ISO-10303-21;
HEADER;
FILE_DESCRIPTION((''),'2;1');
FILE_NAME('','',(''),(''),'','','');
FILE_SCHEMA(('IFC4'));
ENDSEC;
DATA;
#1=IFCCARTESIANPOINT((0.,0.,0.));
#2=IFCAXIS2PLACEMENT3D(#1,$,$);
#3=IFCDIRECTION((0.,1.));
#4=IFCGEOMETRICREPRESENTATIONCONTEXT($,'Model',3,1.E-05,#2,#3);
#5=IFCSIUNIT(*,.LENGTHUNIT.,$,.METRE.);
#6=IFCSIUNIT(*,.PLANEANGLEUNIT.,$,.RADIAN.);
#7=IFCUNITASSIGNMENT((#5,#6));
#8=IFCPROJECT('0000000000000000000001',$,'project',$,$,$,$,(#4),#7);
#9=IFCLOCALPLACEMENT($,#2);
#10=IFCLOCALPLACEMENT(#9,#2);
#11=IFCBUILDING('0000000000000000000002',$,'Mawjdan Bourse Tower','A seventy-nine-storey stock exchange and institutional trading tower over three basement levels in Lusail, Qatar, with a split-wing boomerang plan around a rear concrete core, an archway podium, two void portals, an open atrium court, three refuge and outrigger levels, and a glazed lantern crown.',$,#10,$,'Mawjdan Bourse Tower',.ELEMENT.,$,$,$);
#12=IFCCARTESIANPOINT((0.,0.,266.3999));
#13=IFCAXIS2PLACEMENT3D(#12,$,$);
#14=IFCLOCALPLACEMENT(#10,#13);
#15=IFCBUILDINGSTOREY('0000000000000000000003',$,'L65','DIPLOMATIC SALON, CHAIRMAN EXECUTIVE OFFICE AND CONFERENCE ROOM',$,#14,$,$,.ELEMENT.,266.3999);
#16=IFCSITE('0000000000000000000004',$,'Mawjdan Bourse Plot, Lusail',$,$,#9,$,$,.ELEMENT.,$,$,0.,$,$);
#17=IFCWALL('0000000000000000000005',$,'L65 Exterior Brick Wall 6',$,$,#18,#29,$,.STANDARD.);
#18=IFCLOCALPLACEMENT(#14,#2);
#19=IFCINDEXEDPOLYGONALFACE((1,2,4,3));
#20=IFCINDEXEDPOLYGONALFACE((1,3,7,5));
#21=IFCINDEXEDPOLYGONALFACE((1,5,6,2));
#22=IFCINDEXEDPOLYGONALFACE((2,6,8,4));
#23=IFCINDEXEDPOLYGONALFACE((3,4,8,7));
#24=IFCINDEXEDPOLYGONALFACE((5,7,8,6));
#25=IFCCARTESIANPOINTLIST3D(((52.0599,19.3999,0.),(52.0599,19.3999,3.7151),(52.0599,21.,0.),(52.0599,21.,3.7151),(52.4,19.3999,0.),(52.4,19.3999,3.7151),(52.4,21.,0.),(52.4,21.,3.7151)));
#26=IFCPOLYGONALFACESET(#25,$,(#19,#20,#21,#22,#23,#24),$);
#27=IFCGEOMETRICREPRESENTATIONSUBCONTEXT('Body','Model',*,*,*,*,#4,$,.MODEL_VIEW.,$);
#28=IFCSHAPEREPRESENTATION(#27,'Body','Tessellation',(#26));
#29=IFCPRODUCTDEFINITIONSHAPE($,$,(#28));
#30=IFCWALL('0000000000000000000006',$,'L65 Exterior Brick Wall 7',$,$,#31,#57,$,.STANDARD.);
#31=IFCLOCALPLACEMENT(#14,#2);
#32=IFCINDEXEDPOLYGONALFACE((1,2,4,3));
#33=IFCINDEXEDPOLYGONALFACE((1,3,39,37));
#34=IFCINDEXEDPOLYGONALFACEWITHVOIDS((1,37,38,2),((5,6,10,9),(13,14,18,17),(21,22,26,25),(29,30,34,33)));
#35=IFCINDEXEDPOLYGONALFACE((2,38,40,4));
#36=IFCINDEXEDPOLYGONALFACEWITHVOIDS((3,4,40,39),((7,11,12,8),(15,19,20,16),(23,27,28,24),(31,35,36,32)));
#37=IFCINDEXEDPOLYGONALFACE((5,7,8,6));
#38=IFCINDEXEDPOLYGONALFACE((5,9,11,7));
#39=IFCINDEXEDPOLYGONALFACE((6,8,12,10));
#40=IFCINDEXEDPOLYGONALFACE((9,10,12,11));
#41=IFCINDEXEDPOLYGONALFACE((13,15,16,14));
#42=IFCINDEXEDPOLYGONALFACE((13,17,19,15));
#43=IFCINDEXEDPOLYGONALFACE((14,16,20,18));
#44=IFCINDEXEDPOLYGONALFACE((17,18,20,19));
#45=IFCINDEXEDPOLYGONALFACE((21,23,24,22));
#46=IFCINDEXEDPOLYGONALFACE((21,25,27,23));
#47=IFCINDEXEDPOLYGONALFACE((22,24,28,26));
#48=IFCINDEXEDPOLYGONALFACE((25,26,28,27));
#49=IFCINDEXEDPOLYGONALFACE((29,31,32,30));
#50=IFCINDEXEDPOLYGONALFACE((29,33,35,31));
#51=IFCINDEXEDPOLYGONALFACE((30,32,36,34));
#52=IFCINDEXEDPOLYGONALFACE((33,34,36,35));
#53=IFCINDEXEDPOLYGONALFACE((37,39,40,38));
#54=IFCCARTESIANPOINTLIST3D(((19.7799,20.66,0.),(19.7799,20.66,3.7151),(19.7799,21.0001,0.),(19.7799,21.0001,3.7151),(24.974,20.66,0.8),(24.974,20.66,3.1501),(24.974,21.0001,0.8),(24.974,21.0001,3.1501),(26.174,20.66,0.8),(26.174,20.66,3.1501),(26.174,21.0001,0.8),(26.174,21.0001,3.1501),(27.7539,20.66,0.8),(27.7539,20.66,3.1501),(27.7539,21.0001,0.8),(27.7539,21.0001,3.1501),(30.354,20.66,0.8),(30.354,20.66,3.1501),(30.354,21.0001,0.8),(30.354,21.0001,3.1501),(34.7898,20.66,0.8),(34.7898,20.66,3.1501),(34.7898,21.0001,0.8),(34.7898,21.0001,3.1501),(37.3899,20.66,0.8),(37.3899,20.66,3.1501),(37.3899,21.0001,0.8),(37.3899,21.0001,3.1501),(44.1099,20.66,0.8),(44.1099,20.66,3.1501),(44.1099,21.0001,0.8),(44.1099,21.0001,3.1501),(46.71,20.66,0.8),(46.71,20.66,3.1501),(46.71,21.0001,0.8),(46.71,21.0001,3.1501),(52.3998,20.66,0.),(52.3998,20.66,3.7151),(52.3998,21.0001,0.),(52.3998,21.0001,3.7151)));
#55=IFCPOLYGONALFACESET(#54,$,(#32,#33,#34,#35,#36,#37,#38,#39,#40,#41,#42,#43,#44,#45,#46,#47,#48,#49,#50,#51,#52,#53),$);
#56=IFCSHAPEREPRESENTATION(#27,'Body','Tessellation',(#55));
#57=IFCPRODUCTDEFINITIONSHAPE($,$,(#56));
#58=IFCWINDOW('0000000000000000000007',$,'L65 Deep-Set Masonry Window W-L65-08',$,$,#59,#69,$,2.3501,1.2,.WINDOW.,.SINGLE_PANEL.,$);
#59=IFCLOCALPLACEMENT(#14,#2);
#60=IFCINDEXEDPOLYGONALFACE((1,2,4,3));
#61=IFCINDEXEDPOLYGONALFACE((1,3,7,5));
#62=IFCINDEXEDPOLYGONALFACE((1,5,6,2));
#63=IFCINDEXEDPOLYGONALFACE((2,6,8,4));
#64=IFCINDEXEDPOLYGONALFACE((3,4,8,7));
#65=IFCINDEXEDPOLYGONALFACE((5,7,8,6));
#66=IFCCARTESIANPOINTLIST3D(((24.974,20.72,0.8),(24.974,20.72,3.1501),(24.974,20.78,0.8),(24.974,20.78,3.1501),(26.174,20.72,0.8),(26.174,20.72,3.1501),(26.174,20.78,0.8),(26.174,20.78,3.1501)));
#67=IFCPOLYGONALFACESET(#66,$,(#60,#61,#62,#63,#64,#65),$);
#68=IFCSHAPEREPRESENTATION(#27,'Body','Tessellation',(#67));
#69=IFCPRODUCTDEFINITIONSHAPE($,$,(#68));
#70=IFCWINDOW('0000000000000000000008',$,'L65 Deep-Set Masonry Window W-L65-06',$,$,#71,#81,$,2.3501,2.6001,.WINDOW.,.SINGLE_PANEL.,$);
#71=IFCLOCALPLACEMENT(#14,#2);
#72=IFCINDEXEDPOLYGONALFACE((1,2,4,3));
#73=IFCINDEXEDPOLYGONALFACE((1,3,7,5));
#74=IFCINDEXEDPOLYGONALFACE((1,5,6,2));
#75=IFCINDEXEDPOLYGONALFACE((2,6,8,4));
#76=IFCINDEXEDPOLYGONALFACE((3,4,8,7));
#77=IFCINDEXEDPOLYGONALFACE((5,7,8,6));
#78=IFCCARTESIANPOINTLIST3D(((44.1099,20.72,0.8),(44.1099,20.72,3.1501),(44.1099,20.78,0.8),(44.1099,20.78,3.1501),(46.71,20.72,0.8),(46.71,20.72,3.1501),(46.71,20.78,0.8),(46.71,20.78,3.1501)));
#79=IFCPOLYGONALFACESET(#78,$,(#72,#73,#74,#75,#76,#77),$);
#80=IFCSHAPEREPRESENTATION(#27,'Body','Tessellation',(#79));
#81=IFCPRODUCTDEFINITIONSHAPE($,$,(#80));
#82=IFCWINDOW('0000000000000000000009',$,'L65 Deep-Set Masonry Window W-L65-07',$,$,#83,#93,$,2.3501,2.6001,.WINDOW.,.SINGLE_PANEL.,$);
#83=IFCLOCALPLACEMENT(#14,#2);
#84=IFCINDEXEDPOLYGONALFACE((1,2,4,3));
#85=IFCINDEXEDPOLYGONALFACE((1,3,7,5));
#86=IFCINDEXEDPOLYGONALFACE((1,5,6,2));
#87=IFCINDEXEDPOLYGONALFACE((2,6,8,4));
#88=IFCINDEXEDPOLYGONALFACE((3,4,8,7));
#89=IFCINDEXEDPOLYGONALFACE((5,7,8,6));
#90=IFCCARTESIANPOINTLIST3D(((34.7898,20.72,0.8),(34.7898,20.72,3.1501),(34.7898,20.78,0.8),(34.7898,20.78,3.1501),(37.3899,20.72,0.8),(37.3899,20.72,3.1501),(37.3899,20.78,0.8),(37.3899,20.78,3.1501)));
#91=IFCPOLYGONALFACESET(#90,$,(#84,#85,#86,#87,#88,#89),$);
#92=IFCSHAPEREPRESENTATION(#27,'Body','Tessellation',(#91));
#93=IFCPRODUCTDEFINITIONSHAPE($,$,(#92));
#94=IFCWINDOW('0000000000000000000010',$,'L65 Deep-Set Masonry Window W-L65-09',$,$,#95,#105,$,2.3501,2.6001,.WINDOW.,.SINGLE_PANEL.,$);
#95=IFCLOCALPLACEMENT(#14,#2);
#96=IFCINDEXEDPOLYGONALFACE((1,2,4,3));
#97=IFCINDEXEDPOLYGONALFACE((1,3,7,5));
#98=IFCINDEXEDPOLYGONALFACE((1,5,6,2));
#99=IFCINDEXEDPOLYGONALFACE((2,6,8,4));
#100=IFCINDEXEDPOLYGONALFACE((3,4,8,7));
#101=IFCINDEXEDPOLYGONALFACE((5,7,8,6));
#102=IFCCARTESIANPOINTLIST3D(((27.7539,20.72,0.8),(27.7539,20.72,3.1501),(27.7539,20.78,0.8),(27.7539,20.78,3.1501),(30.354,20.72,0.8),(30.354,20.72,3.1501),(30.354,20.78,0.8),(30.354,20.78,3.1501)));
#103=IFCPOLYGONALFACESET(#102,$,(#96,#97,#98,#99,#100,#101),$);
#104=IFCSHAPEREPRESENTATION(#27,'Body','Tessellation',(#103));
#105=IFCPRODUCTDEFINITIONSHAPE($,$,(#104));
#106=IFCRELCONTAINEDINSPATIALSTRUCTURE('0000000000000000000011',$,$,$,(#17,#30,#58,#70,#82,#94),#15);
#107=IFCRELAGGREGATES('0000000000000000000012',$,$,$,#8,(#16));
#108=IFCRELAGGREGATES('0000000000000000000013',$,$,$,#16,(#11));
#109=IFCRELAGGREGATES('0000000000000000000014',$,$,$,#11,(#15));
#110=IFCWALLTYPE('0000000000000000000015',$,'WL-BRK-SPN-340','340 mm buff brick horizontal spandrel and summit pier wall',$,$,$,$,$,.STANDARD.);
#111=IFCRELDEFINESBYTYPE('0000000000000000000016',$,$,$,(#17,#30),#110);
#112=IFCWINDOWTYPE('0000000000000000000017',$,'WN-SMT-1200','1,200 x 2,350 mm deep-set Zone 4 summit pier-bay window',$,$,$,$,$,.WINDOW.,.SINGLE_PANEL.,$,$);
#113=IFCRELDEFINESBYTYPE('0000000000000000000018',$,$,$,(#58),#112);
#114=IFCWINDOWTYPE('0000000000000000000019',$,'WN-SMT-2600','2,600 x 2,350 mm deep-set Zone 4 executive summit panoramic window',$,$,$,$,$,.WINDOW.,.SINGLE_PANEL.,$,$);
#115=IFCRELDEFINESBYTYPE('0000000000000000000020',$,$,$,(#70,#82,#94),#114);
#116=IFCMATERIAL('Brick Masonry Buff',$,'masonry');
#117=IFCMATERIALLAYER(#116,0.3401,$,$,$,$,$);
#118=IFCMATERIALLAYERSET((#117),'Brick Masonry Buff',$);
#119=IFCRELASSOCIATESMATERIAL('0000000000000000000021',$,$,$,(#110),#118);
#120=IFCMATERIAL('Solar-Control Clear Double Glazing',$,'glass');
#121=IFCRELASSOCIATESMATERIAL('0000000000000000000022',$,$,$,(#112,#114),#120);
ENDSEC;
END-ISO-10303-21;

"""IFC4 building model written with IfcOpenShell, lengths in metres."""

from ifc_helpers import new_model, si_unit, direction, frame, frame_2d, origin, place, context, subcontext, project, spatial, rectangle, extrude, material, layer, layer_set, type_object, element, fill, save


model = new_model("IFC4")

# Units and contexts
model_context = context("Model", 3, precision=1e-05, world=origin(), true_north=direction((0.0, 1.0)))
body_context = subcontext(model_context, "Body", "Model", "MODEL_VIEW")
ifc_project = project(units=[si_unit("LENGTHUNIT", "METRE"), si_unit("PLANEANGLEUNIT", "RADIAN")], contexts=[model_context])

# Site, building, storey
site_placement = place(None, origin())
site = spatial("IfcSite", under=ifc_project, at=site_placement, Name="Mawjdan Bourse Plot, Lusail", CompositionType="ELEMENT", RefElevation=0.0)
building_placement = place(site_placement, origin())
building = spatial("IfcBuilding", under=site, at=building_placement, Name="Mawjdan Bourse Tower", Description="A seventy-nine-storey stock exchange and institutional trading tower over three basement levels in Lusail, Qatar, with a split-wing boomerang plan around a rear concrete core, an archway podium, two void portals, an open atrium court, three refuge and outrigger levels, and a glazed lantern crown.", LongName="Mawjdan Bourse Tower", CompositionType="ELEMENT")
storey_placement = place(building_placement, frame((0.0, 0.0, 266.3999)))
storey = spatial("IfcBuildingStorey", under=building, at=storey_placement, Name="L65", Description="DIPLOMATIC SALON, CHAIRMAN EXECUTIVE OFFICE AND CONFERENCE ROOM", CompositionType="ELEMENT", Elevation=266.3999)

# Shared definitions
ifc_material_1 = material(Name="Brick Masonry Buff", Category="masonry")
ifc_layer = layer(ifc_material_1, 0.3401)
ifc_layer_set = layer_set([ifc_layer], Name="Brick Masonry Buff")
wall_type = type_object("IfcWallType", Name="WL-BRK-SPN-340", Description="340 mm buff brick horizontal spandrel and summit pier wall", PredefinedType="STANDARD", material=ifc_layer_set)

# Shared definitions
ifc_material_2 = material(Name="Solar-Control Clear Double Glazing", Category="glass")

# Wall
for number, where, z_axis, x_axis, name in (
    (1, (52.23, 19.3999, 0.0), (0.0, 0.0, 1.0), (0.0, 1.0, 0.0), "L65 Exterior Brick Wall 6"),
):
    element("IfcWall", number, at=place(storey_placement, frame(where, z_axis=z_axis, x_axis=x_axis)), inside=storey, type_object=wall_type, Name=name, PredefinedType="STANDARD", context=body_context, shape_type="SweptSolid", body=[
        extrude(rectangle(XDim=1.6001, YDim=0.3401, at=frame_2d((0.8, 0.0))), origin(), (0.0, 0.0, 1.0), 3.7151),
    ])

# Wall, openings, windows
wall_1_placement = place(storey_placement, frame((52.3999, 20.8301, 0.0), z_axis=(0.0, 0.0, 1.0), x_axis=(-1.0, 0.0, 0.0)))
wall_1 = element("IfcWall", 2, at=wall_1_placement, inside=storey, type_object=wall_type, Name="L65 Exterior Brick Wall 7", PredefinedType="STANDARD", context=body_context, shape_type="SweptSolid", body=[
    extrude(rectangle(XDim=32.6199, YDim=0.3401, at=frame_2d((16.3101, 0.0))), origin(), (0.0, 0.0, 1.0), 3.7151),
])
opening_1_placement = place(wall_1_placement, frame((5.6899, 0.0, 0.8)))
opening_1 = element("IfcOpeningElement", 3, at=opening_1_placement, cuts=wall_1, PredefinedType="OPENING", context=body_context, shape_type="SweptSolid", body=[
    extrude(rectangle(XDim=2.6001, YDim=2.3501, at=frame_2d((1.3, 1.175))), frame((0.0, 0.1802, 0.0), z_axis=(0.0, -1.0, 0.0), x_axis=(1.0, 0.0, 0.0)), (0.0, 0.0, 1.0), 0.3601),
])
opening_2_placement = place(wall_1_placement, frame((15.01, 0.0, 0.8)))
opening_2 = element("IfcOpeningElement", 4, at=opening_2_placement, cuts=wall_1, PredefinedType="OPENING", context=body_context, shape_type="SweptSolid", body=[
    extrude(rectangle(XDim=2.6001, YDim=2.3501, at=frame_2d((1.3, 1.175))), frame((0.0, 0.1802, 0.0), z_axis=(0.0, -1.0, 0.0), x_axis=(1.0, 0.0, 0.0)), (0.0, 0.0, 1.0), 0.3601),
])
opening_3_placement = place(wall_1_placement, frame((26.2258, 0.0, 0.8)))
opening_3 = element("IfcOpeningElement", 5, at=opening_3_placement, cuts=wall_1, PredefinedType="OPENING", context=body_context, shape_type="SweptSolid", body=[
    extrude(rectangle(XDim=1.2, YDim=2.3501, at=frame_2d((0.6001, 1.175))), frame((0.0, 0.1802, 0.0), z_axis=(0.0, -1.0, 0.0), x_axis=(1.0, 0.0, 0.0)), (0.0, 0.0, 1.0), 0.3601),
])
opening_4_placement = place(wall_1_placement, frame((22.0459, 0.0, 0.8)))
opening_4 = element("IfcOpeningElement", 6, at=opening_4_placement, cuts=wall_1, PredefinedType="OPENING", context=body_context, shape_type="SweptSolid", body=[
    extrude(rectangle(XDim=2.6001, YDim=2.3501, at=frame_2d((1.3, 1.175))), frame((0.0, 0.1802, 0.0), z_axis=(0.0, -1.0, 0.0), x_axis=(1.0, 0.0, 0.0)), (0.0, 0.0, 1.0), 0.3601),
])
window_type_1 = type_object("IfcWindowType", Name="WN-SMT-1200", Description="1,200 x 2,350 mm deep-set Zone 4 summit pier-bay window", PartitioningType="SINGLE_PANEL", PredefinedType="WINDOW", material=ifc_material_2)
window_1_placement = place(opening_3_placement, origin())
window_1 = element("IfcWindow", 7, at=window_1_placement, inside=storey, type_object=window_type_1, Name="L65 Deep-Set Masonry Window W-L65-08", OverallHeight=2.3501, OverallWidth=1.2, PartitioningType="SINGLE_PANEL", PredefinedType="WINDOW", context=body_context, shape_type="SweptSolid", body=[
    extrude(rectangle(XDim=1.2, YDim=2.3501, at=frame_2d((0.6001, 1.175))), frame((0.0, 0.1101, 0.0), z_axis=(0.0, -1.0, 0.0), x_axis=(1.0, 0.0, 0.0)), (0.0, 0.0, 1.0), 0.0601),
])
fill(opening_3, window_1)
window_type_2 = type_object("IfcWindowType", Name="WN-SMT-2600", Description="2,600 x 2,350 mm deep-set Zone 4 executive summit panoramic window", PartitioningType="SINGLE_PANEL", PredefinedType="WINDOW", material=ifc_material_2)
window_2_placement = place(opening_1_placement, origin())
window_2 = element("IfcWindow", 8, at=window_2_placement, inside=storey, type_object=window_type_2, Name="L65 Deep-Set Masonry Window W-L65-06", OverallHeight=2.3501, OverallWidth=2.6001, PartitioningType="SINGLE_PANEL", PredefinedType="WINDOW", context=body_context, shape_type="SweptSolid", body=[
    extrude(rectangle(XDim=2.6001, YDim=2.3501, at=frame_2d((1.3, 1.175))), frame((0.0, 0.1101, 0.0), z_axis=(0.0, -1.0, 0.0), x_axis=(1.0, 0.0, 0.0)), (0.0, 0.0, 1.0), 0.0601),
])
fill(opening_1, window_2)
window_3_placement = place(opening_2_placement, origin())
window_3 = element("IfcWindow", 9, at=window_3_placement, inside=storey, type_object=window_type_2, Name="L65 Deep-Set Masonry Window W-L65-07", OverallHeight=2.3501, OverallWidth=2.6001, PartitioningType="SINGLE_PANEL", PredefinedType="WINDOW", context=body_context, shape_type="SweptSolid", body=[
    extrude(rectangle(XDim=2.6001, YDim=2.3501, at=frame_2d((1.3, 1.175))), frame((0.0, 0.1101, 0.0), z_axis=(0.0, -1.0, 0.0), x_axis=(1.0, 0.0, 0.0)), (0.0, 0.0, 1.0), 0.0601),
])
fill(opening_2, window_3)
window_4_placement = place(opening_4_placement, origin())
window_4 = element("IfcWindow", 10, at=window_4_placement, inside=storey, type_object=window_type_2, Name="L65 Deep-Set Masonry Window W-L65-09", OverallHeight=2.3501, OverallWidth=2.6001, PartitioningType="SINGLE_PANEL", PredefinedType="WINDOW", context=body_context, shape_type="SweptSolid", body=[
    extrude(rectangle(XDim=2.6001, YDim=2.3501, at=frame_2d((1.3, 1.175))), frame((0.0, 0.1101, 0.0), z_axis=(0.0, -1.0, 0.0), x_axis=(1.0, 0.0, 0.0)), (0.0, 0.0, 1.0), 0.0601),
])
fill(opening_4, window_4)

save(model, "model.ifc")
